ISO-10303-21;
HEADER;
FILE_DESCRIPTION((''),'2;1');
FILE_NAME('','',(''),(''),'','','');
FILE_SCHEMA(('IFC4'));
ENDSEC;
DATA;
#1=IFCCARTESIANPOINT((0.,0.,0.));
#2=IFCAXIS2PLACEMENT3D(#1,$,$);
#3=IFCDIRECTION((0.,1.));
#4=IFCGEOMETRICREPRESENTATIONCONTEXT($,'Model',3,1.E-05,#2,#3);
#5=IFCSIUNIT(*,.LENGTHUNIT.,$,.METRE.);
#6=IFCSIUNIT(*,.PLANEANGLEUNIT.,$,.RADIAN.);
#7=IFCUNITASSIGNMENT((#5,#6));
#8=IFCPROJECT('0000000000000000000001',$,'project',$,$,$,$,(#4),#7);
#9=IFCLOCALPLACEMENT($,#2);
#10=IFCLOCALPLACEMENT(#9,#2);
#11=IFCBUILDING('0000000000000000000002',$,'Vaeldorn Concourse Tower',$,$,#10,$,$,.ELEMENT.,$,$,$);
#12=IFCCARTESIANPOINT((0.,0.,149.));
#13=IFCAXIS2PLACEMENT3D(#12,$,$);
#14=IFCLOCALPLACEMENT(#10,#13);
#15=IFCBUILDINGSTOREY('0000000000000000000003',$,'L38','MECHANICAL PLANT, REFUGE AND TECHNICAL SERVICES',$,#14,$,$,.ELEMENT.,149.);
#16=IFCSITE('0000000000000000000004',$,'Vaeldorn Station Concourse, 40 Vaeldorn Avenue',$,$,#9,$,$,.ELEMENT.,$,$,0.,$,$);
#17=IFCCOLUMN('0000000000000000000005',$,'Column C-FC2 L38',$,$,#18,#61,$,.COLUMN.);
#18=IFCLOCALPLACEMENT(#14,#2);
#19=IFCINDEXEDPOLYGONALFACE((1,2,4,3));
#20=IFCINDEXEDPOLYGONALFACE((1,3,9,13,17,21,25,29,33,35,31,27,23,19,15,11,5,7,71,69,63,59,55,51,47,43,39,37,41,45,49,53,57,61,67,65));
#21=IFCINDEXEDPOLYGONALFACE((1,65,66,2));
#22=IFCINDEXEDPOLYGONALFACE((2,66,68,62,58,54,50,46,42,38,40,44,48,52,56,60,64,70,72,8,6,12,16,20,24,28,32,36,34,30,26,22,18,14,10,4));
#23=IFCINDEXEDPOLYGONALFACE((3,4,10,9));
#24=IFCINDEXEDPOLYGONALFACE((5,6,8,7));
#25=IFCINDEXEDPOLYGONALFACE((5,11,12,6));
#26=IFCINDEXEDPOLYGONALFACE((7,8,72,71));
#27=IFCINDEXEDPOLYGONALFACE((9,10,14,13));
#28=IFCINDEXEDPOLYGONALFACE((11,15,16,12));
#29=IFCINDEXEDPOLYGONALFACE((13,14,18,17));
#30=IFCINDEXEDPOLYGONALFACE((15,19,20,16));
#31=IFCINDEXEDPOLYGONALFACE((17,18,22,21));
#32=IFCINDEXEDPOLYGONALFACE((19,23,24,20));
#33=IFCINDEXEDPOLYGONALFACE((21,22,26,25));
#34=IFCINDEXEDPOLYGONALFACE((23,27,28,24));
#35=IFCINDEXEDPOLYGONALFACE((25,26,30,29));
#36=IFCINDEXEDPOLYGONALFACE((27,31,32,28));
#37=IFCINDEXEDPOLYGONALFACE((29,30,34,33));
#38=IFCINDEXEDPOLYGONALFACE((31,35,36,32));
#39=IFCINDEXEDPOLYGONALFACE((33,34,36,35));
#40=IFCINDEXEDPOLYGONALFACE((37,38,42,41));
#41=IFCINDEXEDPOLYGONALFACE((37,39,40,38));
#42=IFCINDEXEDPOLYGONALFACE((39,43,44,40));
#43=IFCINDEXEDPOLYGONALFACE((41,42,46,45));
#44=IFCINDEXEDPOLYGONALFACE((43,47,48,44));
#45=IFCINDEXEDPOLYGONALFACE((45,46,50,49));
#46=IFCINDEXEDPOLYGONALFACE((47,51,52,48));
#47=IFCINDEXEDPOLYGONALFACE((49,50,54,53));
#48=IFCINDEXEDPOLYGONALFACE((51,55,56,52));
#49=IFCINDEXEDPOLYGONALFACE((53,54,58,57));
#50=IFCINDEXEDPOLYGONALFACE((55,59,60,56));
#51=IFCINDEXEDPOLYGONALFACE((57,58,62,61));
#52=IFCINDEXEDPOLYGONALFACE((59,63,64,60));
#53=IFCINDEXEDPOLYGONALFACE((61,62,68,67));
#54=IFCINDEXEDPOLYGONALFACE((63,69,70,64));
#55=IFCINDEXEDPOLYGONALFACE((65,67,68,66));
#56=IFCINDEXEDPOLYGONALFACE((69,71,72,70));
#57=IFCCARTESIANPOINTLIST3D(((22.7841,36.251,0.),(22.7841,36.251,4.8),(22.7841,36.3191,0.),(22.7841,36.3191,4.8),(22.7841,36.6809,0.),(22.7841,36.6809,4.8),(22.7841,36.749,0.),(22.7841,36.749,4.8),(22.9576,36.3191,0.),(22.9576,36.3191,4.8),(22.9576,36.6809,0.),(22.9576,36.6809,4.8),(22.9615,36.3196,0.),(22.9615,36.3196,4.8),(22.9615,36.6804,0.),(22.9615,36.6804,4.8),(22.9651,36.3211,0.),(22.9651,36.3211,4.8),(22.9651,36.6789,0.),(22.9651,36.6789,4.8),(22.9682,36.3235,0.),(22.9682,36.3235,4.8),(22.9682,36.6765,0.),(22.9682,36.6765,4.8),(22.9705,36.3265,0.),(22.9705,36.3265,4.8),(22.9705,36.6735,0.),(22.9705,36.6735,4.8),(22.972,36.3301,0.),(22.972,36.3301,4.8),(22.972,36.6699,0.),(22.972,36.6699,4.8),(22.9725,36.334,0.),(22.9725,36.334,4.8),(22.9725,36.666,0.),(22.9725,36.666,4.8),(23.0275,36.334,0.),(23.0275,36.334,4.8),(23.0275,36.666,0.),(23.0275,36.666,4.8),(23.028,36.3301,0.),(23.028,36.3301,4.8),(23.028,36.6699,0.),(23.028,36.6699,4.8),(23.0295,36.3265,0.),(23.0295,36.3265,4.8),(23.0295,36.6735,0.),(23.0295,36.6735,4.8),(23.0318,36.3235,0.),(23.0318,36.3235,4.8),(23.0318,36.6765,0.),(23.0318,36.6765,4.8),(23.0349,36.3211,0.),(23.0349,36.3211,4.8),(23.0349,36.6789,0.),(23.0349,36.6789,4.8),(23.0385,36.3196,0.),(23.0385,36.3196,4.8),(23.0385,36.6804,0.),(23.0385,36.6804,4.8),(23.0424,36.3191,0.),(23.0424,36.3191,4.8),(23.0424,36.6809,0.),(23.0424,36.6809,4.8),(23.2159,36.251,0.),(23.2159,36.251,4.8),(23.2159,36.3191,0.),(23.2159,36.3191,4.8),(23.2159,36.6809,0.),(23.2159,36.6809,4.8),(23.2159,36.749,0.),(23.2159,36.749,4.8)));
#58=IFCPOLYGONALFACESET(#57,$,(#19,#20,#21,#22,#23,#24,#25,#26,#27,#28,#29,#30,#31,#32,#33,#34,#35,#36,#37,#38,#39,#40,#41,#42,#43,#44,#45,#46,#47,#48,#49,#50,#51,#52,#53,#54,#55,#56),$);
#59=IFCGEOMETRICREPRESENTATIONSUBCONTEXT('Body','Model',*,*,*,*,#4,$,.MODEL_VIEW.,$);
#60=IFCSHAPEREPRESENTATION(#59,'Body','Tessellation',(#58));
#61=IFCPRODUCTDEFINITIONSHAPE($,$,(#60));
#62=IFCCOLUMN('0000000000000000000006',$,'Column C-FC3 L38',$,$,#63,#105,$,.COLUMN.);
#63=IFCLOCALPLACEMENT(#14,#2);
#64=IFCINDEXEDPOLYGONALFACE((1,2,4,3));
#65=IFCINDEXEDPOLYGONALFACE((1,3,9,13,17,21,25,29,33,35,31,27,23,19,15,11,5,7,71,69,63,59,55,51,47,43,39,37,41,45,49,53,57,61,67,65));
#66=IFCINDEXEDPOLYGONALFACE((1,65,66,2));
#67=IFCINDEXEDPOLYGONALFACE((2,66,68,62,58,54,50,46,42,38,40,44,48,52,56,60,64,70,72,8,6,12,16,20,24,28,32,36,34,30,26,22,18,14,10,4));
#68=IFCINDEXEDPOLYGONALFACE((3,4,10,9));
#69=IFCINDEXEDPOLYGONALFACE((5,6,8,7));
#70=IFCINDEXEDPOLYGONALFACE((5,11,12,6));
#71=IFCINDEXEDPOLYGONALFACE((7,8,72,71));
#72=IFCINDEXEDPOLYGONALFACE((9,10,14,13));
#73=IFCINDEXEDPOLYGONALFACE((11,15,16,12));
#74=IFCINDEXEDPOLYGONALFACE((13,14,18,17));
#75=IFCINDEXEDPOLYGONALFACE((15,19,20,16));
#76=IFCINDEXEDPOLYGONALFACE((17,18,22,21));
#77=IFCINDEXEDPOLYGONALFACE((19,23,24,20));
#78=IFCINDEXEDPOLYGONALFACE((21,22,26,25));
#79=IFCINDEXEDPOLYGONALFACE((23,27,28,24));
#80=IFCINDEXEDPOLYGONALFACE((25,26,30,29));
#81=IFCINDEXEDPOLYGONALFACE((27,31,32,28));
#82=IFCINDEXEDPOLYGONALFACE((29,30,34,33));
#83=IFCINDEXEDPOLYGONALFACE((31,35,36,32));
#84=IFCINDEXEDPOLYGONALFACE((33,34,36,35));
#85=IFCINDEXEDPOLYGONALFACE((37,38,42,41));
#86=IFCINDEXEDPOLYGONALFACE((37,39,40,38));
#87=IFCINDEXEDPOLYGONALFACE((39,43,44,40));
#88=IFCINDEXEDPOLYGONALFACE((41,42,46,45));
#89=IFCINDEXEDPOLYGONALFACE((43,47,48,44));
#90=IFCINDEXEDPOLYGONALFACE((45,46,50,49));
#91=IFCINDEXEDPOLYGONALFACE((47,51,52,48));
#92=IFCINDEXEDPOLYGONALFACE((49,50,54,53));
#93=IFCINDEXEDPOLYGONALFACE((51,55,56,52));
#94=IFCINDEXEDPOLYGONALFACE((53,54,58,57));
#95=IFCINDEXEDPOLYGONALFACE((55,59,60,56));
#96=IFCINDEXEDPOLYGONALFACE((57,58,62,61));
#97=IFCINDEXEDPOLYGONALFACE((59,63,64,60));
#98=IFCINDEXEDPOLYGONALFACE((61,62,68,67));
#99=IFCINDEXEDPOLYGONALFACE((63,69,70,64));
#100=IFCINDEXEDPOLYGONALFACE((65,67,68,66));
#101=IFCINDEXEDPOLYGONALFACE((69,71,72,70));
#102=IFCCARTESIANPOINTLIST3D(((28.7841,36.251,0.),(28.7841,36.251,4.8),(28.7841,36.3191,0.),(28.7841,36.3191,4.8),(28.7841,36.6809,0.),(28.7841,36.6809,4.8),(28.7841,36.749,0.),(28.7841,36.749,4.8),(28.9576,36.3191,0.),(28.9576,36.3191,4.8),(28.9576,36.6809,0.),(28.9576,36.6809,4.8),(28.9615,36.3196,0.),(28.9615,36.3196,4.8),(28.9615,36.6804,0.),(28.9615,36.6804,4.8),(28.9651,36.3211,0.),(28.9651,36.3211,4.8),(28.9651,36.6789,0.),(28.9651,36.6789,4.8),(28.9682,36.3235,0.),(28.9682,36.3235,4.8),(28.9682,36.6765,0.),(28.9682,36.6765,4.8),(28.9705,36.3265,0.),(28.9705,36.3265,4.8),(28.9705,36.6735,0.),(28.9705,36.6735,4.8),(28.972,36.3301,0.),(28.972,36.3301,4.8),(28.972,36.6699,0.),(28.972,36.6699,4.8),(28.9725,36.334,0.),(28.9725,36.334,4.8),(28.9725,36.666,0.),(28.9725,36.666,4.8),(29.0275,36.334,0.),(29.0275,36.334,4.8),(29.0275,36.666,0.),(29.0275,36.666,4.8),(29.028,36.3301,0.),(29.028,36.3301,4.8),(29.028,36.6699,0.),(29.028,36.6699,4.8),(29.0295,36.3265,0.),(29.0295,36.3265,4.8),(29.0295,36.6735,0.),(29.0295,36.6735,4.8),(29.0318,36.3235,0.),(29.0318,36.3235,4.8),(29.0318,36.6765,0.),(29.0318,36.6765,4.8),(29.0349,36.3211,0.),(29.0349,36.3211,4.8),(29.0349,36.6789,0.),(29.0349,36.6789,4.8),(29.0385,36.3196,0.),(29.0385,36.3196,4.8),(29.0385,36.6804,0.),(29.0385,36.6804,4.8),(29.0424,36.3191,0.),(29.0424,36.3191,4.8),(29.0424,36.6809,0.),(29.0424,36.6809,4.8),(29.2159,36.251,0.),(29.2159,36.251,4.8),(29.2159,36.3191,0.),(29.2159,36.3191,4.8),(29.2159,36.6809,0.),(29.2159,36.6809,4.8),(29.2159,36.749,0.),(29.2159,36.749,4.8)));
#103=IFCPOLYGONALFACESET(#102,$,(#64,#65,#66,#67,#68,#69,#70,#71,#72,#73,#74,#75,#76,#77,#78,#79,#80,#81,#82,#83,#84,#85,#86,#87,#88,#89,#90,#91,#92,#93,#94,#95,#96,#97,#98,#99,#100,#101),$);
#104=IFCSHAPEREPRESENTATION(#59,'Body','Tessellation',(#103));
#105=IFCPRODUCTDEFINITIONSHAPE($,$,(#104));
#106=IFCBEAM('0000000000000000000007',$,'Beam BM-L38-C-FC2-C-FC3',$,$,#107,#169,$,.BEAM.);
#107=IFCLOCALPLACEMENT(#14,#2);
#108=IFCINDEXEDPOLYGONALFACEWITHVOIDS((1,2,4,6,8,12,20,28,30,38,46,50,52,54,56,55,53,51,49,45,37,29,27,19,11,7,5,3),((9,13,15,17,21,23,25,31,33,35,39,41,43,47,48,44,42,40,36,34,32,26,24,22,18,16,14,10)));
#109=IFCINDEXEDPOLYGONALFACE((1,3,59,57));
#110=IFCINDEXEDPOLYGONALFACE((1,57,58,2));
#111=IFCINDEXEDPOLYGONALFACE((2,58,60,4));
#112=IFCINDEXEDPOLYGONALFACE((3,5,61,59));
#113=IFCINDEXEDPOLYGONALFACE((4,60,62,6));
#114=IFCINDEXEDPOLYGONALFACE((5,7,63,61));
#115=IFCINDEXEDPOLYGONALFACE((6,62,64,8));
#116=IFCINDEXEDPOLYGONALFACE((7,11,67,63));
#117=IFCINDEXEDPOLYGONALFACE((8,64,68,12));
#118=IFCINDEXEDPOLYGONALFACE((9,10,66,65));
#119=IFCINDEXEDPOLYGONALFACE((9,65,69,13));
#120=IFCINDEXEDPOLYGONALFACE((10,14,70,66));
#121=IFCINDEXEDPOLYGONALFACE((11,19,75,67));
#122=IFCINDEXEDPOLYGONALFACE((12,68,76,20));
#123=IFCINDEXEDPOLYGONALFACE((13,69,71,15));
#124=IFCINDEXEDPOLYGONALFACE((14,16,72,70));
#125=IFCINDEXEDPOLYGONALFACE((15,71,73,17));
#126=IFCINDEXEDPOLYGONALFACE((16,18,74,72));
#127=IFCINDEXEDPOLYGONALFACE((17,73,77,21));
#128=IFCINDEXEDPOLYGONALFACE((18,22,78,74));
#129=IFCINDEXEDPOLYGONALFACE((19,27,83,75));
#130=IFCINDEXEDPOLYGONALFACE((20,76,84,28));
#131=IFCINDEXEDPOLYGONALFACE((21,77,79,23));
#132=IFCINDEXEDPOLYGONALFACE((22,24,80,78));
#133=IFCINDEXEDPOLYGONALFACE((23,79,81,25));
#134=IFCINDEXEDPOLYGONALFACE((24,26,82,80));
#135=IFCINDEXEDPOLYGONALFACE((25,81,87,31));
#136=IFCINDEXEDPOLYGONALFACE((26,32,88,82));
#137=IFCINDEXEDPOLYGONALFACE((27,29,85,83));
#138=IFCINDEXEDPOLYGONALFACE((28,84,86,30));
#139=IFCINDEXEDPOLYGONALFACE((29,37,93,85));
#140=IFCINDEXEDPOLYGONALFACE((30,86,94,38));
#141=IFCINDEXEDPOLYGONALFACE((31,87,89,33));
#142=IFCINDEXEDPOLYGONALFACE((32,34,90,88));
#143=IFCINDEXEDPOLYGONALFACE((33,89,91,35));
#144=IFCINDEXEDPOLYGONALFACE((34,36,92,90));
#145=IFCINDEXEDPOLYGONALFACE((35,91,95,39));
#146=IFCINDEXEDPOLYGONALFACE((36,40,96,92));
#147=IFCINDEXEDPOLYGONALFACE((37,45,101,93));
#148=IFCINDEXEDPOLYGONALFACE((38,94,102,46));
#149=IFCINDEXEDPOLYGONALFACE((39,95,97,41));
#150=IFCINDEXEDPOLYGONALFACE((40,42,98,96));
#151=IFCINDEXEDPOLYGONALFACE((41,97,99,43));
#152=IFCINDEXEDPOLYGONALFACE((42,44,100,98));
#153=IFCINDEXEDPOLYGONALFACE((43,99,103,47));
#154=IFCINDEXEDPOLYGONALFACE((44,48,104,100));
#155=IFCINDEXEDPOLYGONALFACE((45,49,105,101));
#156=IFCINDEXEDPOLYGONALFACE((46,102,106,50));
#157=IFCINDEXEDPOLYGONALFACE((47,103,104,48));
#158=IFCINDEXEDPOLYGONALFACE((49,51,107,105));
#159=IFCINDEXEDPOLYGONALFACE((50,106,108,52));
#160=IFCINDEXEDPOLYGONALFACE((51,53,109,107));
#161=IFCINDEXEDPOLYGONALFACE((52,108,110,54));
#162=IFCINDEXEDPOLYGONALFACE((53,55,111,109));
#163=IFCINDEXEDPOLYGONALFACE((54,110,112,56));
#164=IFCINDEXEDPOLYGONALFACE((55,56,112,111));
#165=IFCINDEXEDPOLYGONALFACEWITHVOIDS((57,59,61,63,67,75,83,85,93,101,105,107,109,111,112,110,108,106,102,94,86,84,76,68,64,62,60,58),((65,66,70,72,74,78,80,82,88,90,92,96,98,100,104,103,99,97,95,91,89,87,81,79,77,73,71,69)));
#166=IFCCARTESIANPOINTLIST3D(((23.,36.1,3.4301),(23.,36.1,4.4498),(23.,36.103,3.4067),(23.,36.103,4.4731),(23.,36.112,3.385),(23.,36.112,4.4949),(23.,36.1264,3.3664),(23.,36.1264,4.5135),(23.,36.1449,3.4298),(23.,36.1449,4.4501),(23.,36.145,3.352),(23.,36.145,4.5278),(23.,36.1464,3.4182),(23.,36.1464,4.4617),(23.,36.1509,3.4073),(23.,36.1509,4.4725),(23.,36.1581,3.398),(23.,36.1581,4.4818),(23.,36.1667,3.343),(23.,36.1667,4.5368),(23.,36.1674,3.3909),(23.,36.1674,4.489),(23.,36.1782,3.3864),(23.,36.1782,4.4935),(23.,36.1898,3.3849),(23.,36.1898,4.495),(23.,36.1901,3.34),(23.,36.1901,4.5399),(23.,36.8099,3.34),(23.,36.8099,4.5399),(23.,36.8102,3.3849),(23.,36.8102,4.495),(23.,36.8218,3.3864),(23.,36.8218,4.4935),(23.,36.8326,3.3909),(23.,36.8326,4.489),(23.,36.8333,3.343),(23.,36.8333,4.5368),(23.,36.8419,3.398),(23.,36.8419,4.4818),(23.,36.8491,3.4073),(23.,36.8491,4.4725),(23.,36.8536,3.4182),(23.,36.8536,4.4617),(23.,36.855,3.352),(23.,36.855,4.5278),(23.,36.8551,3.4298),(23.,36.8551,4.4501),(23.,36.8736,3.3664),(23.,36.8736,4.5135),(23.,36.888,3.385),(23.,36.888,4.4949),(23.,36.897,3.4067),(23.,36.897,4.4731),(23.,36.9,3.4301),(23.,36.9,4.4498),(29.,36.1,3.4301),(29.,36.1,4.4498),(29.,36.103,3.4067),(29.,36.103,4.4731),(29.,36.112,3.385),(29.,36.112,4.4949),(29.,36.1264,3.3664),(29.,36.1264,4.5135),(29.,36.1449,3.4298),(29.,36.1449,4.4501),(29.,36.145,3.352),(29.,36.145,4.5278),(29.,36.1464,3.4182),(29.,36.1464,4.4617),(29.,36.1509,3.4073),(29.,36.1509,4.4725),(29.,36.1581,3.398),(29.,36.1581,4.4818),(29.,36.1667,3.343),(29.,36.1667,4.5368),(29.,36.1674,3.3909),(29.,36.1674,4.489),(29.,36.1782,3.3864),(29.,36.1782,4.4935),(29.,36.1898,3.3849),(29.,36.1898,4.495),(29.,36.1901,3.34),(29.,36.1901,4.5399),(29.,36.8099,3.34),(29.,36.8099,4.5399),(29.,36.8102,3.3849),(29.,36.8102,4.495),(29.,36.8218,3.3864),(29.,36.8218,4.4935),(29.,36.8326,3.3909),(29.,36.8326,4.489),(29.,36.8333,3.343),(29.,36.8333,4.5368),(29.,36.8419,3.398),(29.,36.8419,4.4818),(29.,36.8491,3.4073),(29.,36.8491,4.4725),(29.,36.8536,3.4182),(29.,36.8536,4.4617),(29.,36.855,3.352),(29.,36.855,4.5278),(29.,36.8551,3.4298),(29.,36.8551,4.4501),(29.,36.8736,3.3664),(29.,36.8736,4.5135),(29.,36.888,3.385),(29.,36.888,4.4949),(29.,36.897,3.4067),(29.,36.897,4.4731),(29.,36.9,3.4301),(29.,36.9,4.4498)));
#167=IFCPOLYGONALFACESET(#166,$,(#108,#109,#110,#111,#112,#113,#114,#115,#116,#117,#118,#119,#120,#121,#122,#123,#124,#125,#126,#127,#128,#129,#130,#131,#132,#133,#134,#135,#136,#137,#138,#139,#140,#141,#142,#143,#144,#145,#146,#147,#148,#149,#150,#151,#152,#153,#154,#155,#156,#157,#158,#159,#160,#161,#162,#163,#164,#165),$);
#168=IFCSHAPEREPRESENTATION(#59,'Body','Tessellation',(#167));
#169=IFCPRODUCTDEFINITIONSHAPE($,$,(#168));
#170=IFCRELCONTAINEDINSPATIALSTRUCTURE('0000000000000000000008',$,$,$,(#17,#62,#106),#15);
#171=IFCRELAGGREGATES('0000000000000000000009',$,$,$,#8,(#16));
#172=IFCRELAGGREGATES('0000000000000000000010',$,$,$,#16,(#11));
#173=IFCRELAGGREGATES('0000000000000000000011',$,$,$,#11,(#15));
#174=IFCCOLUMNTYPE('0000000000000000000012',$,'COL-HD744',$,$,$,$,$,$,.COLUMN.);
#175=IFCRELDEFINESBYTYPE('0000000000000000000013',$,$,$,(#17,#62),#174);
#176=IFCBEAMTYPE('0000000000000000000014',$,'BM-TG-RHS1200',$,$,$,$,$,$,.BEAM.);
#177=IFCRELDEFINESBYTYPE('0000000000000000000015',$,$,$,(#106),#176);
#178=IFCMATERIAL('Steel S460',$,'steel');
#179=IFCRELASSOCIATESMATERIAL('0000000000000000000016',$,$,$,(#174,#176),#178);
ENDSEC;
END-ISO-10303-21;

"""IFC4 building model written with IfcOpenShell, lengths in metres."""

from ifc_helpers import new_model, si_unit, direction, frame, origin, origin_2d, place, context, subcontext, project, spatial, hollow_rectangle, i_section, extrude, source, transform, mapped, material, material_profile, profile_set, type_object, element, save


model = new_model("IFC4")

# Units and contexts
model_context = context("Model", 3, precision=1e-05, world=origin(), true_north=direction((0.0, 1.0)))
body_context = subcontext(model_context, "Body", "Model", "MODEL_VIEW")
ifc_project = project(units=[si_unit("LENGTHUNIT", "METRE"), si_unit("PLANEANGLEUNIT", "RADIAN")], contexts=[model_context])

# Site, building, storey
site_placement = place(None, origin())
site = spatial("IfcSite", under=ifc_project, at=site_placement, Name="Vaeldorn Station Concourse, 40 Vaeldorn Avenue", CompositionType="ELEMENT", RefElevation=0.0)
building_placement = place(site_placement, origin())
building = spatial("IfcBuilding", under=site, at=building_placement, Name="Vaeldorn Concourse Tower", CompositionType="ELEMENT")
storey_placement = place(building_placement, frame((0.0, 0.0, 149.0)))
storey = spatial("IfcBuildingStorey", under=building, at=storey_placement, Name="L38", Description="MECHANICAL PLANT, REFUGE AND TECHNICAL SERVICES", CompositionType="ELEMENT", Elevation=149.0)

# Columns
ifc_material_1 = material(Name="Steel S460", Category="steel")
ifc_material_profile_1 = material_profile(ifc_material_1, i_section(OverallWidth=0.4319, OverallDepth=0.498, WebThickness=0.0549, FlangeThickness=0.0681, FilletRadius=0.0149, at=origin_2d()), Name="HD 400x744")
ifc_profile_set_1 = profile_set([ifc_material_profile_1], Name="Steel S460")
column_type = type_object("IfcColumnType", Name="COL-HD744", PredefinedType="COLUMN", material=ifc_profile_set_1)
shared_shape_1 = source(origin(), body_context, "Body", "SweptSolid", [
    extrude(i_section(OverallWidth=0.4319, OverallDepth=0.498, WebThickness=0.0549, FlangeThickness=0.0681, FilletRadius=0.0149, at=origin_2d()), origin(), (0.0, 0.0, 1.0), 4.8),
])
for number, where, z_axis, x_axis, name in (
    (1, (23.0, 36.5, 0.0), (0.0, 0.0, 1.0), (1.0, 0.0, 0.0), "Column C-FC2 L38"),
    (2, (29.0, 36.5, 0.0), (0.0, 0.0, 1.0), (1.0, 0.0, 0.0), "Column C-FC3 L38"),
):
    element("IfcColumn", number, at=place(storey_placement, frame(where, z_axis=z_axis, x_axis=x_axis)), inside=storey, type_object=column_type, Name=name, PredefinedType="COLUMN", context=body_context, shape_type="MappedRepresentation", body=[
        mapped(shared_shape_1, transform((0.0, 0.0, 0.0), scale=1.0)),
    ])

# Beam
ifc_material_profile_2 = material_profile(ifc_material_1, hollow_rectangle(XDim=0.8, YDim=1.2, WallThickness=0.0449, InnerFilletRadius=0.0449, OuterFilletRadius=0.0901, at=origin_2d()), Name="RHS 1200x800x45")
ifc_profile_set_2 = profile_set([ifc_material_profile_2], Name="Steel S460")
beam_type_1 = type_object("IfcBeamType", Name="BM-TG-RHS1200", PredefinedType="BEAM", material=ifc_profile_set_2)
shared_shape_2 = source(origin(), body_context, "Body", "SweptSolid", [
    extrude(hollow_rectangle(XDim=0.8, YDim=1.2, WallThickness=0.0449, InnerFilletRadius=0.0449, OuterFilletRadius=0.0901, at=origin_2d()), origin(), (0.0, 0.0, 1.0), 6.0),
])
beam_1_placement = place(storey_placement, frame((23.0, 36.5, 3.9399), z_axis=(1.0, 0.0, 0.0), x_axis=(0.0, 1.0, 0.0)))
element("IfcBeam", 3, at=beam_1_placement, inside=storey, type_object=beam_type_1, Name="Beam BM-L38-C-FC2-C-FC3", PredefinedType="BEAM", context=body_context, shape_type="MappedRepresentation", body=[
    mapped(shared_shape_2, transform((0.0, 0.0, 0.0), scale=1.0)),
])

save(model, "model.ifc")
